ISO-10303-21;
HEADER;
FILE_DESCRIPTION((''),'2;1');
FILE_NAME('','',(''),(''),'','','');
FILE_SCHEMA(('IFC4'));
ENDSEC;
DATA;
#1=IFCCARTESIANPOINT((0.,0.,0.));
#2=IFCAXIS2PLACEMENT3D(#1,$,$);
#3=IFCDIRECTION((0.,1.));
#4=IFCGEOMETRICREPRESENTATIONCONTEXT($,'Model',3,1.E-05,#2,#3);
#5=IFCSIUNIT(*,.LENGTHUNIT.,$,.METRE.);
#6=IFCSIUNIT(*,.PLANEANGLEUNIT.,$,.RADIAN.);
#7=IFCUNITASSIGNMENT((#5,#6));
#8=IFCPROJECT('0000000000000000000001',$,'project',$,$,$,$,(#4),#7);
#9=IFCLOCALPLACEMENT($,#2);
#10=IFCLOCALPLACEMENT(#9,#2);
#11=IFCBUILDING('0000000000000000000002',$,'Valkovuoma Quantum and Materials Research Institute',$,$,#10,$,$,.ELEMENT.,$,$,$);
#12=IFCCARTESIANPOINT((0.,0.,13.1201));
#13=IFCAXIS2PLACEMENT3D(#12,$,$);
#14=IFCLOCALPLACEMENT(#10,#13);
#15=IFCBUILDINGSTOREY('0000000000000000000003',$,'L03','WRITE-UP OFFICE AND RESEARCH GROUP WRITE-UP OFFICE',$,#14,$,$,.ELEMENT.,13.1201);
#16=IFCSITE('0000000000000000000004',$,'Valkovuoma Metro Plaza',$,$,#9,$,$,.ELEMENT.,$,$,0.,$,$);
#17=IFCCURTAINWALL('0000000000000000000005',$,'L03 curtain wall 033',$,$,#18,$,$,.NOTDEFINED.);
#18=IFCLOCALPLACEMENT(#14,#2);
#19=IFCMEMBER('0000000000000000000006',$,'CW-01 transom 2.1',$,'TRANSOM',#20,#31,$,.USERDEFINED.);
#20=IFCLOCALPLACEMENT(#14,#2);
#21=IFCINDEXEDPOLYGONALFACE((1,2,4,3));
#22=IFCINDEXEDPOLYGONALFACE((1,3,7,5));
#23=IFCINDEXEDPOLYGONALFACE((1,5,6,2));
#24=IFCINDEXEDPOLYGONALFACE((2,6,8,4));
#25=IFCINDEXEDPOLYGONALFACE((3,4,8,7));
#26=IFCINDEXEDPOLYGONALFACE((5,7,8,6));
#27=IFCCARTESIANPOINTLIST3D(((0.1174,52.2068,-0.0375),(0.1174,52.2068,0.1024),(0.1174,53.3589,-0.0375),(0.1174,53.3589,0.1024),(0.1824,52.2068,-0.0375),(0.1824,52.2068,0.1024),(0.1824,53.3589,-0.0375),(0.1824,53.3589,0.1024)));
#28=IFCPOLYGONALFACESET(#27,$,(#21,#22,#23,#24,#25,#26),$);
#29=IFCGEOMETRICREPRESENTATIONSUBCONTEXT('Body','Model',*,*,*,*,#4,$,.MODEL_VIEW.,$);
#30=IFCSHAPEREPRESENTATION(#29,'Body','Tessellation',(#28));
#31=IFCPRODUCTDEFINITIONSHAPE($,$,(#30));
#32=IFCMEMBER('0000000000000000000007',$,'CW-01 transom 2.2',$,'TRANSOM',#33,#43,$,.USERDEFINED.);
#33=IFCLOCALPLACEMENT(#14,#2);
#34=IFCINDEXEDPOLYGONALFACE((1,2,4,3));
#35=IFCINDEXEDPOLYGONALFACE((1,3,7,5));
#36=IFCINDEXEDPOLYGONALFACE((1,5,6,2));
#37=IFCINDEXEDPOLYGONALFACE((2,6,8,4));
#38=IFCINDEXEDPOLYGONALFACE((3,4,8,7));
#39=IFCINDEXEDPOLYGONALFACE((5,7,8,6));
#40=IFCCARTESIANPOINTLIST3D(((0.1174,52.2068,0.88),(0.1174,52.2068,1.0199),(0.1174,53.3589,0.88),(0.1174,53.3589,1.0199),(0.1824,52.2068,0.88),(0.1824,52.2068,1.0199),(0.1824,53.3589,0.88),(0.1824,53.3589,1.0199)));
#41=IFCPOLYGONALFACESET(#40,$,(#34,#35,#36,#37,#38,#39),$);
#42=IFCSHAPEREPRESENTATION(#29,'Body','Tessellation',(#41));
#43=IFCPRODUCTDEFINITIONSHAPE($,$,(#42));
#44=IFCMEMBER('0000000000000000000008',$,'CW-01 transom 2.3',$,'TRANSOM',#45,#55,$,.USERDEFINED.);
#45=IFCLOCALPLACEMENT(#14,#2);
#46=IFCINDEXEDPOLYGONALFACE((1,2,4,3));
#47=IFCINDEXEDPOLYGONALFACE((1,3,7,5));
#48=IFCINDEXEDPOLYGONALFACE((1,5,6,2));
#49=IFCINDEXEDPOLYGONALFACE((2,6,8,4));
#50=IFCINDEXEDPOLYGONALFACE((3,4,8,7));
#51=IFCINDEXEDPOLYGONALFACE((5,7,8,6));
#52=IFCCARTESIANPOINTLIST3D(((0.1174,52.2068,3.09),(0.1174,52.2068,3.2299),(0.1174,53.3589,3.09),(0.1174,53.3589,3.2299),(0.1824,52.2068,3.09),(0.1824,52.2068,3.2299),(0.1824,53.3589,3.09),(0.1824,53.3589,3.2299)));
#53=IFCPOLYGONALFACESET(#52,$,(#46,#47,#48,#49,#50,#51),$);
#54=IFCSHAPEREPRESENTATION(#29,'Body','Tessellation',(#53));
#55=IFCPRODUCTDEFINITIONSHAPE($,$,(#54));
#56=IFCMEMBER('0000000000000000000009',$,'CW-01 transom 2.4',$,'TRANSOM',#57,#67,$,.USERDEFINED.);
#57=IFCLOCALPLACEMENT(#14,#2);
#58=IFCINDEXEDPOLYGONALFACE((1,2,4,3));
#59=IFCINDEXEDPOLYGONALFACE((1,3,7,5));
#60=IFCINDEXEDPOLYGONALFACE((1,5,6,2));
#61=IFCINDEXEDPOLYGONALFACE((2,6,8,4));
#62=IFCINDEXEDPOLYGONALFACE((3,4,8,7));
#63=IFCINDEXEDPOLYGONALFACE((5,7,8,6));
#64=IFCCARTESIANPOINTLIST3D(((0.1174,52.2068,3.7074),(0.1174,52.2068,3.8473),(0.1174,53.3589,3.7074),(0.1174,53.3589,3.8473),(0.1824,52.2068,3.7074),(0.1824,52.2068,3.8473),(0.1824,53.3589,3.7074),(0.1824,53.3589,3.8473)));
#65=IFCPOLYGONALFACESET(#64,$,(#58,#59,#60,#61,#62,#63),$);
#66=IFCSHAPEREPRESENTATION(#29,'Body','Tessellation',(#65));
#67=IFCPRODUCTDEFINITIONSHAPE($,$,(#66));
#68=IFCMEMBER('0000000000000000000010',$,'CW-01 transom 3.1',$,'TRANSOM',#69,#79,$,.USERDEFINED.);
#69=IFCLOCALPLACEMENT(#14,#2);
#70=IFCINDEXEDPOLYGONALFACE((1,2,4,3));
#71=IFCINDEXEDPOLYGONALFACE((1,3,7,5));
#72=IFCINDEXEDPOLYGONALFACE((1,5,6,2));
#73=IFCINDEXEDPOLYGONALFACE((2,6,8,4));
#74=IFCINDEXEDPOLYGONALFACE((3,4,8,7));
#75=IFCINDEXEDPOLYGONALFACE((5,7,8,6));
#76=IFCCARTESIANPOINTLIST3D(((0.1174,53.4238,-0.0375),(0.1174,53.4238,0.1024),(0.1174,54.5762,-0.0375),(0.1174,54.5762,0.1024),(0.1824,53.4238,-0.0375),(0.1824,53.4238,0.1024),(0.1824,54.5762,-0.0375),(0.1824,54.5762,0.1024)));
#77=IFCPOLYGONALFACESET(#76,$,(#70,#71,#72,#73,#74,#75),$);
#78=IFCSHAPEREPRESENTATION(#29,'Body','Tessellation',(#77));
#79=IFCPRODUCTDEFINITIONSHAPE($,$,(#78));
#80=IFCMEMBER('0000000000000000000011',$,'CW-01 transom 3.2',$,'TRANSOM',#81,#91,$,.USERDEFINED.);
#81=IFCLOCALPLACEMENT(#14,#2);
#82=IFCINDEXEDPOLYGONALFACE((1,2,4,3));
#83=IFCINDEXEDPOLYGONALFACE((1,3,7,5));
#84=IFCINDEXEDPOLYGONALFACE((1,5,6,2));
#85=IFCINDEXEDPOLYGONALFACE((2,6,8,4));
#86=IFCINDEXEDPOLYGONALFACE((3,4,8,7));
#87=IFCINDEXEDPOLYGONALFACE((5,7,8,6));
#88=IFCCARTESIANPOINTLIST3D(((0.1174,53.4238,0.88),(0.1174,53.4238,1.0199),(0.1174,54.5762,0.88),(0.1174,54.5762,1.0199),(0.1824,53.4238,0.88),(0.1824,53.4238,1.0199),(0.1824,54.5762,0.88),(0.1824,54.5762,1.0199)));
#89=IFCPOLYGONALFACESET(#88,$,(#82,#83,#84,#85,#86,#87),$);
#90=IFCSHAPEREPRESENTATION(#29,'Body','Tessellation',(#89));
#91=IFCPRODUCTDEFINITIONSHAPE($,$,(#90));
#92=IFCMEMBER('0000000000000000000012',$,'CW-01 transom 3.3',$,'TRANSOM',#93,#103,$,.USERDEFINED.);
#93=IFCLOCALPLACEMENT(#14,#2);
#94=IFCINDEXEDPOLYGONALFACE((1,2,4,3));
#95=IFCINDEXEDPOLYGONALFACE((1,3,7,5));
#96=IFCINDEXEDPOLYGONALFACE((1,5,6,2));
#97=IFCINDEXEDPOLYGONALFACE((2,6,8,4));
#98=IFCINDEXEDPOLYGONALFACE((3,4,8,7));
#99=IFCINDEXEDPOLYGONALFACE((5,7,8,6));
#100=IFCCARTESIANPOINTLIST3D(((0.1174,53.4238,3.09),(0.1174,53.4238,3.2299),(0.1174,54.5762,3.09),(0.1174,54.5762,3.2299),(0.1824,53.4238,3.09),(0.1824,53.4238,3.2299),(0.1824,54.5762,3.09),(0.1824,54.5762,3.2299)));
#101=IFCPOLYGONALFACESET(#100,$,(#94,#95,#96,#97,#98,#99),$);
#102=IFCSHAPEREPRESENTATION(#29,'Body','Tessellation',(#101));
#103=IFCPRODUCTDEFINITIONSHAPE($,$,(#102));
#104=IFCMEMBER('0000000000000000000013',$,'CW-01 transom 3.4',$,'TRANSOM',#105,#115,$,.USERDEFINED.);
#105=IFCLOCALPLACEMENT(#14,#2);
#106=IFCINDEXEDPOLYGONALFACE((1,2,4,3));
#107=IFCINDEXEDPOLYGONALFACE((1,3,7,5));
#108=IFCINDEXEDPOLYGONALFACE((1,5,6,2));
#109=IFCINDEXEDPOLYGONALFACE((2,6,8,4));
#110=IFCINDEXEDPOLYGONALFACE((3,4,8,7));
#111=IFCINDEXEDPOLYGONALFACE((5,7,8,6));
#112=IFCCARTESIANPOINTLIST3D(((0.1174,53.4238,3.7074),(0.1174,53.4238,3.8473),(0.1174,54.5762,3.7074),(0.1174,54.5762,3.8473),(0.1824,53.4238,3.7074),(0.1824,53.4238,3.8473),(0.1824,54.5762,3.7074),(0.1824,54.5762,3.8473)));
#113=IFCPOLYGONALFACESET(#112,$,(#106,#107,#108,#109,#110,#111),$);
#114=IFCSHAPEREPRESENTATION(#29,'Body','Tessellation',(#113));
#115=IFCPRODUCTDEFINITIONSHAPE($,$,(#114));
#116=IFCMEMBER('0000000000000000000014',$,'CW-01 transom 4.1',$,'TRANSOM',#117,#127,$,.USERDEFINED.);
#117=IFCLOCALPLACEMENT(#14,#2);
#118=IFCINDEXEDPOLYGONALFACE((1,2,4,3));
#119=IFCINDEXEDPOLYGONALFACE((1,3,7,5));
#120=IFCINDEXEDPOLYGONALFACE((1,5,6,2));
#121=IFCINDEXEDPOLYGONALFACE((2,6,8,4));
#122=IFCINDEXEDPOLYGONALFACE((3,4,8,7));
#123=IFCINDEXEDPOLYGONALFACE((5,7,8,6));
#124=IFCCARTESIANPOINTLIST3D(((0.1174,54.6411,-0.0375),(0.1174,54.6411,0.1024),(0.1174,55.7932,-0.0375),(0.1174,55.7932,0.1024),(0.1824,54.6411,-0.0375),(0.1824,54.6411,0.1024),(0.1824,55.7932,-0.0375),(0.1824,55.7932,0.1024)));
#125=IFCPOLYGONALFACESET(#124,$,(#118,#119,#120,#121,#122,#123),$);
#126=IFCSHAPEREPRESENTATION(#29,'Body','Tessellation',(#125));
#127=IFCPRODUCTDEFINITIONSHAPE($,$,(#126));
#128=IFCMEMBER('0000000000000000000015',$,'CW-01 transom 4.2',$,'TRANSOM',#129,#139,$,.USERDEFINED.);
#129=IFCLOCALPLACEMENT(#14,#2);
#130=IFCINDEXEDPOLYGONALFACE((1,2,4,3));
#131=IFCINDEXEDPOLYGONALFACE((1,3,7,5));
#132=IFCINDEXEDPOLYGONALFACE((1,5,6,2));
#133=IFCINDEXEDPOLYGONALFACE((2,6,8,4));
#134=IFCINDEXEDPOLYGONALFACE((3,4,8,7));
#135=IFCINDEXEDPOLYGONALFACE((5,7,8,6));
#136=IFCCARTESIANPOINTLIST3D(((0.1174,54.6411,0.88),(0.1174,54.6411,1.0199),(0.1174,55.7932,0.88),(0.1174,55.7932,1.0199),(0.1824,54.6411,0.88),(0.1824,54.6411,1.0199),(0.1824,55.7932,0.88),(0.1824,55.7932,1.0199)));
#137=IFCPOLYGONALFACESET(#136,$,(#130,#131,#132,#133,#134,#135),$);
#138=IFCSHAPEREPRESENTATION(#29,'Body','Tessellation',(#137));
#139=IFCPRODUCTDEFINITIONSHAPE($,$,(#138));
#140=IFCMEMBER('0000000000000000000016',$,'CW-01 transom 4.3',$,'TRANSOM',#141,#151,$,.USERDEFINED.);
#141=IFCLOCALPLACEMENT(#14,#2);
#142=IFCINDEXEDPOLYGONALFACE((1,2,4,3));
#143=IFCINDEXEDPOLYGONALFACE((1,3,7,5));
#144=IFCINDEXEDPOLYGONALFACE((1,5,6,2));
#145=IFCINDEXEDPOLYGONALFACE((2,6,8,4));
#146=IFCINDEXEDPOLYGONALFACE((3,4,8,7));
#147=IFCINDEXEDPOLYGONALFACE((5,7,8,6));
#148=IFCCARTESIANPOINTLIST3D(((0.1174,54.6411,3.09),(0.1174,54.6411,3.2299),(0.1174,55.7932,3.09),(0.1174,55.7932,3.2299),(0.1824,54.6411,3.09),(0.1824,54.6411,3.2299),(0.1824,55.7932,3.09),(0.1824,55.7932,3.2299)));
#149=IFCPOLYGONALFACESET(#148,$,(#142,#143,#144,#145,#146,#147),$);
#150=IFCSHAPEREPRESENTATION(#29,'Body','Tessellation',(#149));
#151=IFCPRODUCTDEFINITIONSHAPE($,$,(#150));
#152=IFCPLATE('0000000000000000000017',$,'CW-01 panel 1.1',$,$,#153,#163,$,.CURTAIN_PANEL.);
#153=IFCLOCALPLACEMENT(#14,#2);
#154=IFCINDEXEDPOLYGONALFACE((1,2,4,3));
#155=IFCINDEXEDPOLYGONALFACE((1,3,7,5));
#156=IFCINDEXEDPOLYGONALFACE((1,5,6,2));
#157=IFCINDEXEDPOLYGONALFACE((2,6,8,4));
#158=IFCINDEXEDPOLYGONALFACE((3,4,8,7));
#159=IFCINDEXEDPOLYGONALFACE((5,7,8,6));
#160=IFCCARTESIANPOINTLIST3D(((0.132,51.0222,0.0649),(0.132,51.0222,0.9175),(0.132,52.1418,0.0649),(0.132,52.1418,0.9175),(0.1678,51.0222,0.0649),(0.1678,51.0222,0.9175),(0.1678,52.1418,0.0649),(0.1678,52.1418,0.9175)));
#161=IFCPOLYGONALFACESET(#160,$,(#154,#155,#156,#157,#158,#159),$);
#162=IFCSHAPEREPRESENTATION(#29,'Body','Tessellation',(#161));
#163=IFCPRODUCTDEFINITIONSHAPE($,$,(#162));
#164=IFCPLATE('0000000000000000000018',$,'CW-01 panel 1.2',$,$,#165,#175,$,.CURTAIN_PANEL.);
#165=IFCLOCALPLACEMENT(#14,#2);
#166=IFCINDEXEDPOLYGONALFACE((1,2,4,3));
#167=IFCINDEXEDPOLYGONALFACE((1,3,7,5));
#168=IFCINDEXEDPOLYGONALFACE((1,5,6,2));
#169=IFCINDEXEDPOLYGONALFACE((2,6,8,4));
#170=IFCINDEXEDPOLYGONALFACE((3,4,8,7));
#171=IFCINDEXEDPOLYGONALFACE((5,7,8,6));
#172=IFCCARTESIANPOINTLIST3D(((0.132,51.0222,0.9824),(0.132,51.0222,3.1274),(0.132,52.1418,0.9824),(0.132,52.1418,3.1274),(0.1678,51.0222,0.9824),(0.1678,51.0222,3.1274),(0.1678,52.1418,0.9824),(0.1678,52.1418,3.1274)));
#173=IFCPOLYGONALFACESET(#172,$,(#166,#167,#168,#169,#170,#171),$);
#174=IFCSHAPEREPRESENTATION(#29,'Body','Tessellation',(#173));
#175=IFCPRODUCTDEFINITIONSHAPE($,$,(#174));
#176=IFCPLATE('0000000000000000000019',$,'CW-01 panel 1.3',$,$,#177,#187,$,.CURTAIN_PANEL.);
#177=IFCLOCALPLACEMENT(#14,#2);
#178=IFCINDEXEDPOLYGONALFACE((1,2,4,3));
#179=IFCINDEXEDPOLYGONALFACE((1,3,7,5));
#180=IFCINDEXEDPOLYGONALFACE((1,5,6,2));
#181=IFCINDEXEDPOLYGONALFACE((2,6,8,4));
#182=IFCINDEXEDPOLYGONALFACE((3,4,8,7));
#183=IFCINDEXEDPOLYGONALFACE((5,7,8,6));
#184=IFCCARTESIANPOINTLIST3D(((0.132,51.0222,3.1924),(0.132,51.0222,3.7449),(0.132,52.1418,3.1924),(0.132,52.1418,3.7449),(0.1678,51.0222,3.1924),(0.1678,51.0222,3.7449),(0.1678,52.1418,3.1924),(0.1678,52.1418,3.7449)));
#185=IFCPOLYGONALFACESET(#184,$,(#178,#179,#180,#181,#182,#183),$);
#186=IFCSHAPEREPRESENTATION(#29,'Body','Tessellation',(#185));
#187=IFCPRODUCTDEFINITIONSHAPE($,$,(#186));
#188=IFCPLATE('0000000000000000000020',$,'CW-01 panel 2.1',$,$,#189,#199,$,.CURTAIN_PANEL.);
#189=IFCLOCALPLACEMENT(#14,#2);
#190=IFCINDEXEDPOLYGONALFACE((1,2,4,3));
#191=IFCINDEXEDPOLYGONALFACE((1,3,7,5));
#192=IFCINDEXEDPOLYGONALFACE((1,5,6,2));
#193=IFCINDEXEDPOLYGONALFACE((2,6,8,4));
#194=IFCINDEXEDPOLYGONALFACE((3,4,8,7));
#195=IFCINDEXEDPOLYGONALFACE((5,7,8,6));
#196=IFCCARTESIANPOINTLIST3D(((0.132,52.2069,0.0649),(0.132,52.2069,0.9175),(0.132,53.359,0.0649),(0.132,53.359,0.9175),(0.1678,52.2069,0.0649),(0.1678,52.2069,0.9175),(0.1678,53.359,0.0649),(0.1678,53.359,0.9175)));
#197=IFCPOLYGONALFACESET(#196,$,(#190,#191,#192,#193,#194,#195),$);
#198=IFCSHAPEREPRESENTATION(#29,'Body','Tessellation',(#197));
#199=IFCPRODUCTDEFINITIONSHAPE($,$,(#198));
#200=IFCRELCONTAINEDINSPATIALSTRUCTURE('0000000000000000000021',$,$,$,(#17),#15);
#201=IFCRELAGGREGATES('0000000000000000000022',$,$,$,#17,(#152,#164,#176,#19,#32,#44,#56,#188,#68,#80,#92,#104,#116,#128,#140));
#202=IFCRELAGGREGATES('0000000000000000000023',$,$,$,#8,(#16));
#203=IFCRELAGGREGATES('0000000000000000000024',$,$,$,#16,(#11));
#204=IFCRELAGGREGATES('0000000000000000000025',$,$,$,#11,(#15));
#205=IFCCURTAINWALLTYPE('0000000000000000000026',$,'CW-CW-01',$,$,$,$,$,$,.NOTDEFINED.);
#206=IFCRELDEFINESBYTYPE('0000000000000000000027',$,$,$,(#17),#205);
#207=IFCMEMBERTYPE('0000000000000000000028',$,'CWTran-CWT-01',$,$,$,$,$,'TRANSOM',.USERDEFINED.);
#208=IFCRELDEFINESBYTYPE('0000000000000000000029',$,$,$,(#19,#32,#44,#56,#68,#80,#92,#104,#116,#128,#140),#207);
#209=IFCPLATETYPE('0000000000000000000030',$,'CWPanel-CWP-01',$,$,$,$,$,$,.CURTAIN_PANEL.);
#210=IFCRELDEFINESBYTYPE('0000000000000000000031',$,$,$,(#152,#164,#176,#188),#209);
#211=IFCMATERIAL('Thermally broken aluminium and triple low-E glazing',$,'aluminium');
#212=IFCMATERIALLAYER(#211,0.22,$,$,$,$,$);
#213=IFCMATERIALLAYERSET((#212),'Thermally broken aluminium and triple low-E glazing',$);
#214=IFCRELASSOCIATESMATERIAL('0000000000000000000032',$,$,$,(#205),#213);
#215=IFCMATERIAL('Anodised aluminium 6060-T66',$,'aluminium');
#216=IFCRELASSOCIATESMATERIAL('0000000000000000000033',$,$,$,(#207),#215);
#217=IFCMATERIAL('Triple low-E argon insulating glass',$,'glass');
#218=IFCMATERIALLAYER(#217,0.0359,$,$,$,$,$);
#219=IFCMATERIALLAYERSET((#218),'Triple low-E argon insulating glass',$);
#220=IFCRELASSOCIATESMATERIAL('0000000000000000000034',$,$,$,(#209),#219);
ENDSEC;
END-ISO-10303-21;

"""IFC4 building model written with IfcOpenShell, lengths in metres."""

from ifc_helpers import new_model, si_unit, direction, frame, origin, origin_2d, place, context, subcontext, project, spatial, rectangle, extrude, material, layer, layer_set, material_profile, profile_set, type_object, element, aggregate, save


model = new_model("IFC4")

# Units and contexts
model_context = context("Model", 3, precision=1e-05, world=origin(), true_north=direction((0.0, 1.0)))
body_context = subcontext(model_context, "Body", "Model", "MODEL_VIEW")
ifc_project = project(units=[si_unit("LENGTHUNIT", "METRE"), si_unit("PLANEANGLEUNIT", "RADIAN")], contexts=[model_context])

# Site, building, storey
site_placement = place(None, origin())
site = spatial("IfcSite", under=ifc_project, at=site_placement, Name="Valkovuoma Metro Plaza", CompositionType="ELEMENT", RefElevation=0.0)
building_placement = place(site_placement, origin())
building = spatial("IfcBuilding", under=site, at=building_placement, Name="Valkovuoma Quantum and Materials Research Institute", CompositionType="ELEMENT")
storey_placement = place(building_placement, frame((0.0, 0.0, 13.1201)))
storey = spatial("IfcBuildingStorey", under=building, at=storey_placement, Name="L03", Description="WRITE-UP OFFICE AND RESEARCH GROUP WRITE-UP OFFICE", CompositionType="ELEMENT", Elevation=13.1201)

# Shared definitions
ifc_material_1 = material(Name="Thermally broken aluminium and triple low-E glazing", Category="aluminium")
ifc_layer_1 = layer(ifc_material_1, 0.22)
ifc_layer_set_1 = layer_set([ifc_layer_1], Name="Thermally broken aluminium and triple low-E glazing")
curtain_wall_type = type_object("IfcCurtainWallType", Name="CW-CW-01", PredefinedType="NOTDEFINED", material=ifc_layer_set_1)

# Curtain wall, members, plates
curtain_wall_1_placement = place(storey_placement, origin())
curtain_wall_1 = element("IfcCurtainWall", 1, at=curtain_wall_1_placement, inside=storey, type_object=curtain_wall_type, Name="L03 curtain wall 033", PredefinedType="NOTDEFINED")
ifc_material_2 = material(Name="Anodised aluminium 6060-T66", Category="aluminium")
ifc_material_profile_1 = material_profile(ifc_material_2, rectangle(XDim=0.0649, YDim=0.1399, at=origin_2d()), Name="Anodised aluminium 6060-T66")
ifc_profile_set_1 = profile_set([ifc_material_profile_1], Name="Anodised aluminium 6060-T66")
member_type_1 = type_object("IfcMemberType", Name="CWTran-CWT-01", ElementType="TRANSOM", PredefinedType="USERDEFINED", material=ifc_profile_set_1)
member_1_placement = place(storey_placement, frame((0.1499, 52.2068, 0.0325), z_axis=(0.0, 1.0, 0.0), x_axis=(-1.0, 0.0, 0.0)))
member_1 = element("IfcMember", 2, at=member_1_placement, type_object=member_type_1, Name="CW-01 transom 2.1", ObjectType="TRANSOM", PredefinedType="USERDEFINED", context=body_context, shape_type="SweptSolid", body=[
    extrude(rectangle(XDim=0.0649, YDim=0.1399, at=origin_2d()), origin(), (0.0, 0.0, 1.0), 1.1521),
])
member_2_placement = place(storey_placement, frame((0.1499, 52.2068, 0.95), z_axis=(0.0, 1.0, 0.0), x_axis=(-1.0, 0.0, 0.0)))
member_2 = element("IfcMember", 3, at=member_2_placement, type_object=member_type_1, Name="CW-01 transom 2.2", ObjectType="TRANSOM", PredefinedType="USERDEFINED", context=body_context, shape_type="SweptSolid", body=[
    extrude(rectangle(XDim=0.0649, YDim=0.1399, at=origin_2d()), origin(), (0.0, 0.0, 1.0), 1.1521),
])
member_3_placement = place(storey_placement, frame((0.1499, 52.2068, 3.1599), z_axis=(0.0, 1.0, 0.0), x_axis=(-1.0, 0.0, 0.0)))
member_3 = element("IfcMember", 4, at=member_3_placement, type_object=member_type_1, Name="CW-01 transom 2.3", ObjectType="TRANSOM", PredefinedType="USERDEFINED", context=body_context, shape_type="SweptSolid", body=[
    extrude(rectangle(XDim=0.0649, YDim=0.1399, at=origin_2d()), origin(), (0.0, 0.0, 1.0), 1.1521),
])
member_4_placement = place(storey_placement, frame((0.1499, 52.2068, 3.7773), z_axis=(0.0, 1.0, 0.0), x_axis=(-1.0, 0.0, 0.0)))
member_4 = element("IfcMember", 5, at=member_4_placement, type_object=member_type_1, Name="CW-01 transom 2.4", ObjectType="TRANSOM", PredefinedType="USERDEFINED", context=body_context, shape_type="SweptSolid", body=[
    extrude(rectangle(XDim=0.0649, YDim=0.1399, at=origin_2d()), origin(), (0.0, 0.0, 1.0), 1.1521),
])
member_5_placement = place(storey_placement, frame((0.1499, 53.4238, 0.0325), z_axis=(0.0, 1.0, 0.0), x_axis=(-1.0, 0.0, 0.0)))
member_5 = element("IfcMember", 6, at=member_5_placement, type_object=member_type_1, Name="CW-01 transom 3.1", ObjectType="TRANSOM", PredefinedType="USERDEFINED", context=body_context, shape_type="SweptSolid", body=[
    extrude(rectangle(XDim=0.0649, YDim=0.1399, at=origin_2d()), origin(), (0.0, 0.0, 1.0), 1.1523),
])
member_6_placement = place(storey_placement, frame((0.1499, 53.4238, 0.95), z_axis=(0.0, 1.0, 0.0), x_axis=(-1.0, 0.0, 0.0)))
member_6 = element("IfcMember", 7, at=member_6_placement, type_object=member_type_1, Name="CW-01 transom 3.2", ObjectType="TRANSOM", PredefinedType="USERDEFINED", context=body_context, shape_type="SweptSolid", body=[
    extrude(rectangle(XDim=0.0649, YDim=0.1399, at=origin_2d()), origin(), (0.0, 0.0, 1.0), 1.1523),
])
member_7_placement = place(storey_placement, frame((0.1499, 53.4238, 3.1599), z_axis=(0.0, 1.0, 0.0), x_axis=(-1.0, 0.0, 0.0)))
member_7 = element("IfcMember", 8, at=member_7_placement, type_object=member_type_1, Name="CW-01 transom 3.3", ObjectType="TRANSOM", PredefinedType="USERDEFINED", context=body_context, shape_type="SweptSolid", body=[
    extrude(rectangle(XDim=0.0649, YDim=0.1399, at=origin_2d()), origin(), (0.0, 0.0, 1.0), 1.1523),
])
member_8_placement = place(storey_placement, frame((0.1499, 53.4238, 3.7773), z_axis=(0.0, 1.0, 0.0), x_axis=(-1.0, 0.0, 0.0)))
member_8 = element("IfcMember", 9, at=member_8_placement, type_object=member_type_1, Name="CW-01 transom 3.4", ObjectType="TRANSOM", PredefinedType="USERDEFINED", context=body_context, shape_type="SweptSolid", body=[
    extrude(rectangle(XDim=0.0649, YDim=0.1399, at=origin_2d()), origin(), (0.0, 0.0, 1.0), 1.1523),
])
member_9_placement = place(storey_placement, frame((0.1499, 54.6411, 0.0325), z_axis=(0.0, 1.0, 0.0), x_axis=(-1.0, 0.0, 0.0)))
member_9 = element("IfcMember", 10, at=member_9_placement, type_object=member_type_1, Name="CW-01 transom 4.1", ObjectType="TRANSOM", PredefinedType="USERDEFINED", context=body_context, shape_type="SweptSolid", body=[
    extrude(rectangle(XDim=0.0649, YDim=0.1399, at=origin_2d()), origin(), (0.0, 0.0, 1.0), 1.1521),
])
member_10_placement = place(storey_placement, frame((0.1499, 54.6411, 0.95), z_axis=(0.0, 1.0, 0.0), x_axis=(-1.0, 0.0, 0.0)))
member_10 = element("IfcMember", 11, at=member_10_placement, type_object=member_type_1, Name="CW-01 transom 4.2", ObjectType="TRANSOM", PredefinedType="USERDEFINED", context=body_context, shape_type="SweptSolid", body=[
    extrude(rectangle(XDim=0.0649, YDim=0.1399, at=origin_2d()), origin(), (0.0, 0.0, 1.0), 1.1521),
])
member_11_placement = place(storey_placement, frame((0.1499, 54.6411, 3.1599), z_axis=(0.0, 1.0, 0.0), x_axis=(-1.0, 0.0, 0.0)))
member_11 = element("IfcMember", 12, at=member_11_placement, type_object=member_type_1, Name="CW-01 transom 4.3", ObjectType="TRANSOM", PredefinedType="USERDEFINED", context=body_context, shape_type="SweptSolid", body=[
    extrude(rectangle(XDim=0.0649, YDim=0.1399, at=origin_2d()), origin(), (0.0, 0.0, 1.0), 1.1521),
])
ifc_material_3 = material(Name="Triple low-E argon insulating glass", Category="glass")
ifc_layer_2 = layer(ifc_material_3, 0.0359)
ifc_layer_set_2 = layer_set([ifc_layer_2], Name="Triple low-E argon insulating glass")
plate_type = type_object("IfcPlateType", Name="CWPanel-CWP-01", PredefinedType="CURTAIN_PANEL", material=ifc_layer_set_2)
plate_1_placement = place(storey_placement, frame((0.1499, 51.582, 0.0649), z_axis=(0.0, 0.0, 1.0), x_axis=(0.0, 1.0, 0.0)))
plate_1 = element("IfcPlate", 13, at=plate_1_placement, type_object=plate_type, Name="CW-01 panel 1.1", PredefinedType="CURTAIN_PANEL", context=body_context, shape_type="SweptSolid", body=[
    extrude(rectangle(XDim=1.1196, YDim=0.0359, at=origin_2d()), origin(), (0.0, 0.0, 1.0), 0.8525),
])
plate_2_placement = place(storey_placement, frame((0.1499, 51.582, 0.9824), z_axis=(0.0, 0.0, 1.0), x_axis=(0.0, 1.0, 0.0)))
plate_2 = element("IfcPlate", 14, at=plate_2_placement, type_object=plate_type, Name="CW-01 panel 1.2", PredefinedType="CURTAIN_PANEL", context=body_context, shape_type="SweptSolid", body=[
    extrude(rectangle(XDim=1.1196, YDim=0.0359, at=origin_2d()), origin(), (0.0, 0.0, 1.0), 2.145),
])
plate_3_placement = place(storey_placement, frame((0.1499, 51.582, 3.1924), z_axis=(0.0, 0.0, 1.0), x_axis=(0.0, 1.0, 0.0)))
plate_3 = element("IfcPlate", 15, at=plate_3_placement, type_object=plate_type, Name="CW-01 panel 1.3", PredefinedType="CURTAIN_PANEL", context=body_context, shape_type="SweptSolid", body=[
    extrude(rectangle(XDim=1.1196, YDim=0.0359, at=origin_2d()), origin(), (0.0, 0.0, 1.0), 0.5525),
])
plate_4_placement = place(storey_placement, frame((0.1499, 52.783, 0.0649), z_axis=(0.0, 0.0, 1.0), x_axis=(0.0, 1.0, 0.0)))
plate_4 = element("IfcPlate", 16, at=plate_4_placement, type_object=plate_type, Name="CW-01 panel 2.1", PredefinedType="CURTAIN_PANEL", context=body_context, shape_type="SweptSolid", body=[
    extrude(rectangle(XDim=1.1521, YDim=0.0359, at=origin_2d()), origin(), (0.0, 0.0, 1.0), 0.8525),
])
aggregate(curtain_wall_1, [plate_1, plate_2, plate_3, member_1, member_2, member_3, member_4, plate_4, member_5, member_6, member_7, member_8, member_9, member_10, member_11])

save(model, "model.ifc")
